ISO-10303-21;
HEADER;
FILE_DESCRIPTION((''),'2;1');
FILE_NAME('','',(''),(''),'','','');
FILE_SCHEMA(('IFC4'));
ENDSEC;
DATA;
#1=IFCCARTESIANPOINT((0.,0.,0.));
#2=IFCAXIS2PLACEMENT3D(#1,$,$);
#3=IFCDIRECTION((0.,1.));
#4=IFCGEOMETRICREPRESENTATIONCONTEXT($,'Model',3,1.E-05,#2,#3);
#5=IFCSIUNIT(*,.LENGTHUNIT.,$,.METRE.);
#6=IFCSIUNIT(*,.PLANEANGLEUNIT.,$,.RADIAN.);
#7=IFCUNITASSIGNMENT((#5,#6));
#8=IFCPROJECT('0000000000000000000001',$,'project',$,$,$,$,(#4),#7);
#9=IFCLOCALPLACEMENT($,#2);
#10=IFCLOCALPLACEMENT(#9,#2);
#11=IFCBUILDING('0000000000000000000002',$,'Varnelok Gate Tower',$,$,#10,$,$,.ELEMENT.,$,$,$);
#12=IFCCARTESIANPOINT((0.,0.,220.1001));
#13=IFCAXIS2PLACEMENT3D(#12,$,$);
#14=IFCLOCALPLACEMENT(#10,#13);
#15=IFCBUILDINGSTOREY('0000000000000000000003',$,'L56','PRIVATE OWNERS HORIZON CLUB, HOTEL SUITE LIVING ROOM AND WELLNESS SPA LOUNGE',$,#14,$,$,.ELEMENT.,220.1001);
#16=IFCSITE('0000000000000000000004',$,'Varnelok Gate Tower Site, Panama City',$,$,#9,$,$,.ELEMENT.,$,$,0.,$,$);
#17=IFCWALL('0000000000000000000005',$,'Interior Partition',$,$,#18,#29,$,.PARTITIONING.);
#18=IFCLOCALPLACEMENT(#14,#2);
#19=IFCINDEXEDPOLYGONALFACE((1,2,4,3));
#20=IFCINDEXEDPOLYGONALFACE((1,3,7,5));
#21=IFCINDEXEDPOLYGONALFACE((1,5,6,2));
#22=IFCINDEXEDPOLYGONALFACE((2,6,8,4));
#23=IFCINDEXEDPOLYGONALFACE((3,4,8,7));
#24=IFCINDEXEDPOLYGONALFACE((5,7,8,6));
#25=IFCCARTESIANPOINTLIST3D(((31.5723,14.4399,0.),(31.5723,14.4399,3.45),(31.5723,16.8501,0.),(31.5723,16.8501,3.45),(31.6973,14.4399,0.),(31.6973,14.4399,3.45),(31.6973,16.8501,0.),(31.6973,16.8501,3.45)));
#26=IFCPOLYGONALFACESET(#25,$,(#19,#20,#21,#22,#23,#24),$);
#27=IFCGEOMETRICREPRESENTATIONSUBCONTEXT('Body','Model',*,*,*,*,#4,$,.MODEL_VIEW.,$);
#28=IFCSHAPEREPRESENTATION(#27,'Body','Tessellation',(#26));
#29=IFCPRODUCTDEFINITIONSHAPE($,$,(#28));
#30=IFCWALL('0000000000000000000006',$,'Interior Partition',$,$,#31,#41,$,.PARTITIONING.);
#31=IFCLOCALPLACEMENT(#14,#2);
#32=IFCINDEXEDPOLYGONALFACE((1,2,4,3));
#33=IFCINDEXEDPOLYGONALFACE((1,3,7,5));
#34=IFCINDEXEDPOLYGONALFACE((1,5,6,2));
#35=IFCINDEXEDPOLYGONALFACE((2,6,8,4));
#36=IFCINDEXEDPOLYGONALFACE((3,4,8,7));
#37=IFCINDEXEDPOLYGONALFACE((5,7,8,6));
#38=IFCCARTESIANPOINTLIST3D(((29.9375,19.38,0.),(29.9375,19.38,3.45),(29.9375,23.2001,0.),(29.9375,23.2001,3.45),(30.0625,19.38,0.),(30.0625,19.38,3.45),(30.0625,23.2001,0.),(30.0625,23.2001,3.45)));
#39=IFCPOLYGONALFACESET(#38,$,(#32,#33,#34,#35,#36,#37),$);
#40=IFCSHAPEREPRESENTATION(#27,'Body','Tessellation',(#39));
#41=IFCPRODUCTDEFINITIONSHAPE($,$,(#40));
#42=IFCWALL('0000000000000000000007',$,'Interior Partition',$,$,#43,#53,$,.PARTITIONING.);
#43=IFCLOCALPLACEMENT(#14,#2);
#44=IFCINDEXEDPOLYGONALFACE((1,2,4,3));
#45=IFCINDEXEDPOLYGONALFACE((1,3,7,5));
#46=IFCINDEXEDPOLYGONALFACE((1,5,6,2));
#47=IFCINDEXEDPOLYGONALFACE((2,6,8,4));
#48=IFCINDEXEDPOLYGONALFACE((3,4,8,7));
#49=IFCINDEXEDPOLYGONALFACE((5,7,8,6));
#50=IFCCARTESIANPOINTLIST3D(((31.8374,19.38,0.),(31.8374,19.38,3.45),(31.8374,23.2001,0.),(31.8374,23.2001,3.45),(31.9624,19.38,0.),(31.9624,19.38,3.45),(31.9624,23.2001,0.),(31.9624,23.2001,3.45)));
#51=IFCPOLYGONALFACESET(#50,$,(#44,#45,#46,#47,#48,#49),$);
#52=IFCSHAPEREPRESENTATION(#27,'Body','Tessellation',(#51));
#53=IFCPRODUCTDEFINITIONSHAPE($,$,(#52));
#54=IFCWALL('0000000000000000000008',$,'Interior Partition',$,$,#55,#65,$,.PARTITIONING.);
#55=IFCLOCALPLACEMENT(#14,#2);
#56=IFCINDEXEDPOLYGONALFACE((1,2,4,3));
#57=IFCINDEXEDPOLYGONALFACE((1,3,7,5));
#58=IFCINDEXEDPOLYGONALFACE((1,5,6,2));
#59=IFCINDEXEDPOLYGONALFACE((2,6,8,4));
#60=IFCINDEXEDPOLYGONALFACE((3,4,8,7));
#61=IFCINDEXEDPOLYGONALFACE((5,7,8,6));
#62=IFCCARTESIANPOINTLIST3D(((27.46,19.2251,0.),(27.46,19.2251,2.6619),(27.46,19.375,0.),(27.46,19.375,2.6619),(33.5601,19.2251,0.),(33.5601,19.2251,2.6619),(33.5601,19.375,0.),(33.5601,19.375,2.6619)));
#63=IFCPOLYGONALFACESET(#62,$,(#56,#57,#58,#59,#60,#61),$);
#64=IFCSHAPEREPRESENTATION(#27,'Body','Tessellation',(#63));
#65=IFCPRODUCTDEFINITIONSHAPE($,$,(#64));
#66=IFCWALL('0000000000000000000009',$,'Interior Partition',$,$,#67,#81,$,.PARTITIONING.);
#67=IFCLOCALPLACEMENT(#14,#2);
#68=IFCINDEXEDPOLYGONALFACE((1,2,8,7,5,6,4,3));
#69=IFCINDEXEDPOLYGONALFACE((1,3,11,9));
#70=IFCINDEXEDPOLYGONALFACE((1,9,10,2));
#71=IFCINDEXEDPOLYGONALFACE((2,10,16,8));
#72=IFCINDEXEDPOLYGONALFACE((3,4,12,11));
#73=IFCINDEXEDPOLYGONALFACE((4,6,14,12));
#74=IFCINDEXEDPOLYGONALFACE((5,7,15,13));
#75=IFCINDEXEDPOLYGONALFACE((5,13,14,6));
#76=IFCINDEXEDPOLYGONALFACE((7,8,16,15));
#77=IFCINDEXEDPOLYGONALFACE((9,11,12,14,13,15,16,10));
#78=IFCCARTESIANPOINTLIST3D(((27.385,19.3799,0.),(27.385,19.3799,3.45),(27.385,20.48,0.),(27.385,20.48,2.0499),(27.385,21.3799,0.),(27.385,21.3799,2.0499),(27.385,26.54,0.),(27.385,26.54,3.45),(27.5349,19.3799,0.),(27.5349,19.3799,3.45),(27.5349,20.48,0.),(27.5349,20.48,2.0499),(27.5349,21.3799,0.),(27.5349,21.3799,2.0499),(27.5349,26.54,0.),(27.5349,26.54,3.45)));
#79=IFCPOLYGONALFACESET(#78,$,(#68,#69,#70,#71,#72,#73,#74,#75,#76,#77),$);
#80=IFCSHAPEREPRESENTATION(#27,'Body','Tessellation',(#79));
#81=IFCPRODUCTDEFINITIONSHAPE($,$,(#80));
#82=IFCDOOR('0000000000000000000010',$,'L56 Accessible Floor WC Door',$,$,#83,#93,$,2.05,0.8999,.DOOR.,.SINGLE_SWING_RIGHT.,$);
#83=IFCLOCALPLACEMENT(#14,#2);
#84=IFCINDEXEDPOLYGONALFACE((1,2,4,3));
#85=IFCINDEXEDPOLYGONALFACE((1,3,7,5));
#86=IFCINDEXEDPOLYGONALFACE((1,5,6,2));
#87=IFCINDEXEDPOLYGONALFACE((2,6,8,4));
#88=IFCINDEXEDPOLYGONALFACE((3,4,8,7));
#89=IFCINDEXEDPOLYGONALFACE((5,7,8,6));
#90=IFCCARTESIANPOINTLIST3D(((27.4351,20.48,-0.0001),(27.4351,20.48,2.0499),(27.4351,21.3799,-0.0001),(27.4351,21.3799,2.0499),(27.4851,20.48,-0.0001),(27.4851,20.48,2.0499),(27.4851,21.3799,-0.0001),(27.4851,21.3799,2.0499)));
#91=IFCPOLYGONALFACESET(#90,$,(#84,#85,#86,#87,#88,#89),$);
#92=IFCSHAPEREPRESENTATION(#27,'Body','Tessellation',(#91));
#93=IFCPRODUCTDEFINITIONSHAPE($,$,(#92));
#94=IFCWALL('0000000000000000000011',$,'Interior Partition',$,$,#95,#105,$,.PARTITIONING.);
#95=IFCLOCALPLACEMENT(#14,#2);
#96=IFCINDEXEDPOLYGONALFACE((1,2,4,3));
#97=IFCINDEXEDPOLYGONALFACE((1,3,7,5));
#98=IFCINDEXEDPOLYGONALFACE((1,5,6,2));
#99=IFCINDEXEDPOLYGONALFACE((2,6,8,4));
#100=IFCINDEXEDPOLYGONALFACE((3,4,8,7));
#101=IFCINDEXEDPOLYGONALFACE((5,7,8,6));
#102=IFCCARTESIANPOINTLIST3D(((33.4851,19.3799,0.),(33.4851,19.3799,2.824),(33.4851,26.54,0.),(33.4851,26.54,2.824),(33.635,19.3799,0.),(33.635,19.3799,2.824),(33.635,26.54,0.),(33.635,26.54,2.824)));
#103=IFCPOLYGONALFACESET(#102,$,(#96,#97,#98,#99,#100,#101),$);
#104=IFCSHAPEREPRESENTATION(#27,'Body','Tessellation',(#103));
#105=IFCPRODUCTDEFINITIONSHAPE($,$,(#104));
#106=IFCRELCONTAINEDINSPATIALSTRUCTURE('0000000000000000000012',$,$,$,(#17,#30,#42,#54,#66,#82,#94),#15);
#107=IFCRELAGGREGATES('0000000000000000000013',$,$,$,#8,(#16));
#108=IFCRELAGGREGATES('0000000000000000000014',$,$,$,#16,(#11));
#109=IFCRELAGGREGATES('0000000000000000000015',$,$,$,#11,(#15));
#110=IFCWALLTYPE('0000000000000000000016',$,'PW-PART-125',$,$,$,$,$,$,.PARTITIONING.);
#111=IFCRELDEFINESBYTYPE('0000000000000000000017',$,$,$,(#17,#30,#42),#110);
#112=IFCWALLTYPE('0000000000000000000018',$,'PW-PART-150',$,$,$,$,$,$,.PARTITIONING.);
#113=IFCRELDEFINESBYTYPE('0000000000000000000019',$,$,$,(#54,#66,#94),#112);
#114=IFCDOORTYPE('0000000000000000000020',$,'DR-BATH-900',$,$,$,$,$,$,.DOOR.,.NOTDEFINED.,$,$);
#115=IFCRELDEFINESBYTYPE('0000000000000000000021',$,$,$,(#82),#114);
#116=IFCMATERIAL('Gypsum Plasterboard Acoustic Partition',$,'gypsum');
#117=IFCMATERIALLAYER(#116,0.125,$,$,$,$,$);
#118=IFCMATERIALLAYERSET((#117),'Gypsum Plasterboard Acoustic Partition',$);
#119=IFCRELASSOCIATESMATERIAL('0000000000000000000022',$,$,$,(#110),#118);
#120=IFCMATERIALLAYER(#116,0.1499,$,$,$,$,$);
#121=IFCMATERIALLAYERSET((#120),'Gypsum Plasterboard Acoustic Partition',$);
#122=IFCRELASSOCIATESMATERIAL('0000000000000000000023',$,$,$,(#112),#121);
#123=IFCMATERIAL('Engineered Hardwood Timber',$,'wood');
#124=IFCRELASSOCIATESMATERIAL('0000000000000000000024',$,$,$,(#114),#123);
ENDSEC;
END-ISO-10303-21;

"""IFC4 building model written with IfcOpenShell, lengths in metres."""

from ifc_helpers import new_model, si_unit, direction, frame, frame_2d, origin, place, context, subcontext, project, spatial, rectangle, extrude, material, layer, layer_set, type_object, element, fill, save


model = new_model("IFC4")

# Units and contexts
model_context = context("Model", 3, precision=1e-05, world=origin(), true_north=direction((0.0, 1.0)))
body_context = subcontext(model_context, "Body", "Model", "MODEL_VIEW")
ifc_project = project(units=[si_unit("LENGTHUNIT", "METRE"), si_unit("PLANEANGLEUNIT", "RADIAN")], contexts=[model_context])

# Site, building, storey
site_placement = place(None, origin())
site = spatial("IfcSite", under=ifc_project, at=site_placement, Name="Varnelok Gate Tower Site, Panama City", CompositionType="ELEMENT", RefElevation=0.0)
building_placement = place(site_placement, origin())
building = spatial("IfcBuilding", under=site, at=building_placement, Name="Varnelok Gate Tower", CompositionType="ELEMENT")
storey_placement = place(building_placement, frame((0.0, 0.0, 220.1001)))
storey = spatial("IfcBuildingStorey", under=building, at=storey_placement, Name="L56", Description="PRIVATE OWNERS HORIZON CLUB, HOTEL SUITE LIVING ROOM AND WELLNESS SPA LOUNGE", CompositionType="ELEMENT", Elevation=220.1001)

# Shared definitions
ifc_material_1 = material(Name="Gypsum Plasterboard Acoustic Partition", Category="gypsum")
ifc_material_2 = material(Name="Engineered Hardwood Timber", Category="wood")

# Walls
ifc_layer_1 = layer(ifc_material_1, 0.125)
ifc_layer_set_1 = layer_set([ifc_layer_1], Name="Gypsum Plasterboard Acoustic Partition")
wall_type_1 = type_object("IfcWallType", Name="PW-PART-125", PredefinedType="PARTITIONING", material=ifc_layer_set_1)
wall_1_placement = place(storey_placement, frame((31.6348, 14.4399, 0.0), z_axis=(0.0, 0.0, 1.0), x_axis=(0.0, 1.0, 0.0)))
element("IfcWall", 1, at=wall_1_placement, inside=storey, type_object=wall_type_1, Name="Interior Partition", PredefinedType="PARTITIONING", context=body_context, shape_type="SweptSolid", body=[
    extrude(rectangle(XDim=2.4102, YDim=0.125, at=frame_2d((1.2051, 0.0))), origin(), (0.0, 0.0, 1.0), 3.45),
])
for number, where, z_axis, x_axis, name in (
    (2, (30.0, 19.3799, 0.0), (0.0, 0.0, 1.0), (0.0, 1.0, 0.0), "Interior Partition"),
    (3, (31.8999, 19.3799, 0.0), (0.0, 0.0, 1.0), (0.0, 1.0, 0.0), "Interior Partition"),
):
    element("IfcWall", number, at=place(storey_placement, frame(where, z_axis=z_axis, x_axis=x_axis)), inside=storey, type_object=wall_type_1, Name=name, PredefinedType="PARTITIONING", context=body_context, shape_type="SweptSolid", body=[
        extrude(rectangle(XDim=3.8201, YDim=0.125, at=frame_2d((1.9102, 0.0))), origin(), (0.0, 0.0, 1.0), 3.45),
    ])
ifc_layer_2 = layer(ifc_material_1, 0.1499)
ifc_layer_set_2 = layer_set([ifc_layer_2], Name="Gypsum Plasterboard Acoustic Partition")
wall_type_2 = type_object("IfcWallType", Name="PW-PART-150", PredefinedType="PARTITIONING", material=ifc_layer_set_2)
wall_2_placement = place(storey_placement, frame((27.46, 19.3, 0.0), z_axis=(0.0, 0.0, 1.0), x_axis=(1.0, 0.0, 0.0)))
element("IfcWall", 4, at=wall_2_placement, inside=storey, type_object=wall_type_2, Name="Interior Partition", PredefinedType="PARTITIONING", context=body_context, shape_type="SweptSolid", body=[
    extrude(rectangle(XDim=6.1001, YDim=0.1499, at=frame_2d((3.05, 0.0))), origin(), (0.0, 0.0, 1.0), 2.6619),
])

# Wall, opening, door
wall_3_placement = place(storey_placement, frame((27.46, 19.3799, 0.0), z_axis=(0.0, 0.0, 1.0), x_axis=(0.0, 1.0, 0.0)))
wall_3 = element("IfcWall", 5, at=wall_3_placement, inside=storey, type_object=wall_type_2, Name="Interior Partition", PredefinedType="PARTITIONING", context=body_context, shape_type="SweptSolid", body=[
    extrude(rectangle(XDim=7.1602, YDim=0.1499, at=frame_2d((3.5801, 0.0))), origin(), (0.0, 0.0, 1.0), 3.45),
])
opening_1_placement = place(wall_3_placement, frame((1.1001, 0.0, 0.0)))
opening_1 = element("IfcOpeningElement", 6, at=opening_1_placement, cuts=wall_3, PredefinedType="OPENING", context=body_context, shape_type="SweptSolid", body=[
    extrude(rectangle(XDim=0.8999, YDim=2.05, at=frame_2d((0.45, 1.0249))), frame((0.0, 0.085, 0.0), z_axis=(0.0, -1.0, 0.0), x_axis=(1.0, 0.0, 0.0)), (0.0, 0.0, 1.0), 0.1699),
])
door_type_1 = type_object("IfcDoorType", Name="DR-BATH-900", OperationType="NOTDEFINED", PredefinedType="DOOR", material=ifc_material_2)
door_1_placement = place(opening_1_placement, origin())
door_1 = element("IfcDoor", 7, at=door_1_placement, inside=storey, type_object=door_type_1, Name="L56 Accessible Floor WC Door", OperationType="SINGLE_SWING_RIGHT", OverallHeight=2.05, OverallWidth=0.8999, PredefinedType="DOOR", context=body_context, shape_type="SweptSolid", body=[
    extrude(rectangle(XDim=0.8999, YDim=2.05, at=frame_2d((0.45, 1.0249))), frame((0.0, 0.0249, 0.0), z_axis=(0.0, -1.0, 0.0), x_axis=(1.0, 0.0, 0.0)), (0.0, 0.0, 1.0), 0.05),
])
fill(opening_1, door_1)

# Wall
wall_4_placement = place(storey_placement, frame((33.5601, 19.3799, 0.0), z_axis=(0.0, 0.0, 1.0), x_axis=(0.0, 1.0, 0.0)))
element("IfcWall", 8, at=wall_4_placement, inside=storey, type_object=wall_type_2, Name="Interior Partition", PredefinedType="PARTITIONING", context=body_context, shape_type="SweptSolid", body=[
    extrude(rectangle(XDim=7.1602, YDim=0.1499, at=frame_2d((3.5801, 0.0))), origin(), (0.0, 0.0, 1.0), 2.824),
])

save(model, "model.ifc")
